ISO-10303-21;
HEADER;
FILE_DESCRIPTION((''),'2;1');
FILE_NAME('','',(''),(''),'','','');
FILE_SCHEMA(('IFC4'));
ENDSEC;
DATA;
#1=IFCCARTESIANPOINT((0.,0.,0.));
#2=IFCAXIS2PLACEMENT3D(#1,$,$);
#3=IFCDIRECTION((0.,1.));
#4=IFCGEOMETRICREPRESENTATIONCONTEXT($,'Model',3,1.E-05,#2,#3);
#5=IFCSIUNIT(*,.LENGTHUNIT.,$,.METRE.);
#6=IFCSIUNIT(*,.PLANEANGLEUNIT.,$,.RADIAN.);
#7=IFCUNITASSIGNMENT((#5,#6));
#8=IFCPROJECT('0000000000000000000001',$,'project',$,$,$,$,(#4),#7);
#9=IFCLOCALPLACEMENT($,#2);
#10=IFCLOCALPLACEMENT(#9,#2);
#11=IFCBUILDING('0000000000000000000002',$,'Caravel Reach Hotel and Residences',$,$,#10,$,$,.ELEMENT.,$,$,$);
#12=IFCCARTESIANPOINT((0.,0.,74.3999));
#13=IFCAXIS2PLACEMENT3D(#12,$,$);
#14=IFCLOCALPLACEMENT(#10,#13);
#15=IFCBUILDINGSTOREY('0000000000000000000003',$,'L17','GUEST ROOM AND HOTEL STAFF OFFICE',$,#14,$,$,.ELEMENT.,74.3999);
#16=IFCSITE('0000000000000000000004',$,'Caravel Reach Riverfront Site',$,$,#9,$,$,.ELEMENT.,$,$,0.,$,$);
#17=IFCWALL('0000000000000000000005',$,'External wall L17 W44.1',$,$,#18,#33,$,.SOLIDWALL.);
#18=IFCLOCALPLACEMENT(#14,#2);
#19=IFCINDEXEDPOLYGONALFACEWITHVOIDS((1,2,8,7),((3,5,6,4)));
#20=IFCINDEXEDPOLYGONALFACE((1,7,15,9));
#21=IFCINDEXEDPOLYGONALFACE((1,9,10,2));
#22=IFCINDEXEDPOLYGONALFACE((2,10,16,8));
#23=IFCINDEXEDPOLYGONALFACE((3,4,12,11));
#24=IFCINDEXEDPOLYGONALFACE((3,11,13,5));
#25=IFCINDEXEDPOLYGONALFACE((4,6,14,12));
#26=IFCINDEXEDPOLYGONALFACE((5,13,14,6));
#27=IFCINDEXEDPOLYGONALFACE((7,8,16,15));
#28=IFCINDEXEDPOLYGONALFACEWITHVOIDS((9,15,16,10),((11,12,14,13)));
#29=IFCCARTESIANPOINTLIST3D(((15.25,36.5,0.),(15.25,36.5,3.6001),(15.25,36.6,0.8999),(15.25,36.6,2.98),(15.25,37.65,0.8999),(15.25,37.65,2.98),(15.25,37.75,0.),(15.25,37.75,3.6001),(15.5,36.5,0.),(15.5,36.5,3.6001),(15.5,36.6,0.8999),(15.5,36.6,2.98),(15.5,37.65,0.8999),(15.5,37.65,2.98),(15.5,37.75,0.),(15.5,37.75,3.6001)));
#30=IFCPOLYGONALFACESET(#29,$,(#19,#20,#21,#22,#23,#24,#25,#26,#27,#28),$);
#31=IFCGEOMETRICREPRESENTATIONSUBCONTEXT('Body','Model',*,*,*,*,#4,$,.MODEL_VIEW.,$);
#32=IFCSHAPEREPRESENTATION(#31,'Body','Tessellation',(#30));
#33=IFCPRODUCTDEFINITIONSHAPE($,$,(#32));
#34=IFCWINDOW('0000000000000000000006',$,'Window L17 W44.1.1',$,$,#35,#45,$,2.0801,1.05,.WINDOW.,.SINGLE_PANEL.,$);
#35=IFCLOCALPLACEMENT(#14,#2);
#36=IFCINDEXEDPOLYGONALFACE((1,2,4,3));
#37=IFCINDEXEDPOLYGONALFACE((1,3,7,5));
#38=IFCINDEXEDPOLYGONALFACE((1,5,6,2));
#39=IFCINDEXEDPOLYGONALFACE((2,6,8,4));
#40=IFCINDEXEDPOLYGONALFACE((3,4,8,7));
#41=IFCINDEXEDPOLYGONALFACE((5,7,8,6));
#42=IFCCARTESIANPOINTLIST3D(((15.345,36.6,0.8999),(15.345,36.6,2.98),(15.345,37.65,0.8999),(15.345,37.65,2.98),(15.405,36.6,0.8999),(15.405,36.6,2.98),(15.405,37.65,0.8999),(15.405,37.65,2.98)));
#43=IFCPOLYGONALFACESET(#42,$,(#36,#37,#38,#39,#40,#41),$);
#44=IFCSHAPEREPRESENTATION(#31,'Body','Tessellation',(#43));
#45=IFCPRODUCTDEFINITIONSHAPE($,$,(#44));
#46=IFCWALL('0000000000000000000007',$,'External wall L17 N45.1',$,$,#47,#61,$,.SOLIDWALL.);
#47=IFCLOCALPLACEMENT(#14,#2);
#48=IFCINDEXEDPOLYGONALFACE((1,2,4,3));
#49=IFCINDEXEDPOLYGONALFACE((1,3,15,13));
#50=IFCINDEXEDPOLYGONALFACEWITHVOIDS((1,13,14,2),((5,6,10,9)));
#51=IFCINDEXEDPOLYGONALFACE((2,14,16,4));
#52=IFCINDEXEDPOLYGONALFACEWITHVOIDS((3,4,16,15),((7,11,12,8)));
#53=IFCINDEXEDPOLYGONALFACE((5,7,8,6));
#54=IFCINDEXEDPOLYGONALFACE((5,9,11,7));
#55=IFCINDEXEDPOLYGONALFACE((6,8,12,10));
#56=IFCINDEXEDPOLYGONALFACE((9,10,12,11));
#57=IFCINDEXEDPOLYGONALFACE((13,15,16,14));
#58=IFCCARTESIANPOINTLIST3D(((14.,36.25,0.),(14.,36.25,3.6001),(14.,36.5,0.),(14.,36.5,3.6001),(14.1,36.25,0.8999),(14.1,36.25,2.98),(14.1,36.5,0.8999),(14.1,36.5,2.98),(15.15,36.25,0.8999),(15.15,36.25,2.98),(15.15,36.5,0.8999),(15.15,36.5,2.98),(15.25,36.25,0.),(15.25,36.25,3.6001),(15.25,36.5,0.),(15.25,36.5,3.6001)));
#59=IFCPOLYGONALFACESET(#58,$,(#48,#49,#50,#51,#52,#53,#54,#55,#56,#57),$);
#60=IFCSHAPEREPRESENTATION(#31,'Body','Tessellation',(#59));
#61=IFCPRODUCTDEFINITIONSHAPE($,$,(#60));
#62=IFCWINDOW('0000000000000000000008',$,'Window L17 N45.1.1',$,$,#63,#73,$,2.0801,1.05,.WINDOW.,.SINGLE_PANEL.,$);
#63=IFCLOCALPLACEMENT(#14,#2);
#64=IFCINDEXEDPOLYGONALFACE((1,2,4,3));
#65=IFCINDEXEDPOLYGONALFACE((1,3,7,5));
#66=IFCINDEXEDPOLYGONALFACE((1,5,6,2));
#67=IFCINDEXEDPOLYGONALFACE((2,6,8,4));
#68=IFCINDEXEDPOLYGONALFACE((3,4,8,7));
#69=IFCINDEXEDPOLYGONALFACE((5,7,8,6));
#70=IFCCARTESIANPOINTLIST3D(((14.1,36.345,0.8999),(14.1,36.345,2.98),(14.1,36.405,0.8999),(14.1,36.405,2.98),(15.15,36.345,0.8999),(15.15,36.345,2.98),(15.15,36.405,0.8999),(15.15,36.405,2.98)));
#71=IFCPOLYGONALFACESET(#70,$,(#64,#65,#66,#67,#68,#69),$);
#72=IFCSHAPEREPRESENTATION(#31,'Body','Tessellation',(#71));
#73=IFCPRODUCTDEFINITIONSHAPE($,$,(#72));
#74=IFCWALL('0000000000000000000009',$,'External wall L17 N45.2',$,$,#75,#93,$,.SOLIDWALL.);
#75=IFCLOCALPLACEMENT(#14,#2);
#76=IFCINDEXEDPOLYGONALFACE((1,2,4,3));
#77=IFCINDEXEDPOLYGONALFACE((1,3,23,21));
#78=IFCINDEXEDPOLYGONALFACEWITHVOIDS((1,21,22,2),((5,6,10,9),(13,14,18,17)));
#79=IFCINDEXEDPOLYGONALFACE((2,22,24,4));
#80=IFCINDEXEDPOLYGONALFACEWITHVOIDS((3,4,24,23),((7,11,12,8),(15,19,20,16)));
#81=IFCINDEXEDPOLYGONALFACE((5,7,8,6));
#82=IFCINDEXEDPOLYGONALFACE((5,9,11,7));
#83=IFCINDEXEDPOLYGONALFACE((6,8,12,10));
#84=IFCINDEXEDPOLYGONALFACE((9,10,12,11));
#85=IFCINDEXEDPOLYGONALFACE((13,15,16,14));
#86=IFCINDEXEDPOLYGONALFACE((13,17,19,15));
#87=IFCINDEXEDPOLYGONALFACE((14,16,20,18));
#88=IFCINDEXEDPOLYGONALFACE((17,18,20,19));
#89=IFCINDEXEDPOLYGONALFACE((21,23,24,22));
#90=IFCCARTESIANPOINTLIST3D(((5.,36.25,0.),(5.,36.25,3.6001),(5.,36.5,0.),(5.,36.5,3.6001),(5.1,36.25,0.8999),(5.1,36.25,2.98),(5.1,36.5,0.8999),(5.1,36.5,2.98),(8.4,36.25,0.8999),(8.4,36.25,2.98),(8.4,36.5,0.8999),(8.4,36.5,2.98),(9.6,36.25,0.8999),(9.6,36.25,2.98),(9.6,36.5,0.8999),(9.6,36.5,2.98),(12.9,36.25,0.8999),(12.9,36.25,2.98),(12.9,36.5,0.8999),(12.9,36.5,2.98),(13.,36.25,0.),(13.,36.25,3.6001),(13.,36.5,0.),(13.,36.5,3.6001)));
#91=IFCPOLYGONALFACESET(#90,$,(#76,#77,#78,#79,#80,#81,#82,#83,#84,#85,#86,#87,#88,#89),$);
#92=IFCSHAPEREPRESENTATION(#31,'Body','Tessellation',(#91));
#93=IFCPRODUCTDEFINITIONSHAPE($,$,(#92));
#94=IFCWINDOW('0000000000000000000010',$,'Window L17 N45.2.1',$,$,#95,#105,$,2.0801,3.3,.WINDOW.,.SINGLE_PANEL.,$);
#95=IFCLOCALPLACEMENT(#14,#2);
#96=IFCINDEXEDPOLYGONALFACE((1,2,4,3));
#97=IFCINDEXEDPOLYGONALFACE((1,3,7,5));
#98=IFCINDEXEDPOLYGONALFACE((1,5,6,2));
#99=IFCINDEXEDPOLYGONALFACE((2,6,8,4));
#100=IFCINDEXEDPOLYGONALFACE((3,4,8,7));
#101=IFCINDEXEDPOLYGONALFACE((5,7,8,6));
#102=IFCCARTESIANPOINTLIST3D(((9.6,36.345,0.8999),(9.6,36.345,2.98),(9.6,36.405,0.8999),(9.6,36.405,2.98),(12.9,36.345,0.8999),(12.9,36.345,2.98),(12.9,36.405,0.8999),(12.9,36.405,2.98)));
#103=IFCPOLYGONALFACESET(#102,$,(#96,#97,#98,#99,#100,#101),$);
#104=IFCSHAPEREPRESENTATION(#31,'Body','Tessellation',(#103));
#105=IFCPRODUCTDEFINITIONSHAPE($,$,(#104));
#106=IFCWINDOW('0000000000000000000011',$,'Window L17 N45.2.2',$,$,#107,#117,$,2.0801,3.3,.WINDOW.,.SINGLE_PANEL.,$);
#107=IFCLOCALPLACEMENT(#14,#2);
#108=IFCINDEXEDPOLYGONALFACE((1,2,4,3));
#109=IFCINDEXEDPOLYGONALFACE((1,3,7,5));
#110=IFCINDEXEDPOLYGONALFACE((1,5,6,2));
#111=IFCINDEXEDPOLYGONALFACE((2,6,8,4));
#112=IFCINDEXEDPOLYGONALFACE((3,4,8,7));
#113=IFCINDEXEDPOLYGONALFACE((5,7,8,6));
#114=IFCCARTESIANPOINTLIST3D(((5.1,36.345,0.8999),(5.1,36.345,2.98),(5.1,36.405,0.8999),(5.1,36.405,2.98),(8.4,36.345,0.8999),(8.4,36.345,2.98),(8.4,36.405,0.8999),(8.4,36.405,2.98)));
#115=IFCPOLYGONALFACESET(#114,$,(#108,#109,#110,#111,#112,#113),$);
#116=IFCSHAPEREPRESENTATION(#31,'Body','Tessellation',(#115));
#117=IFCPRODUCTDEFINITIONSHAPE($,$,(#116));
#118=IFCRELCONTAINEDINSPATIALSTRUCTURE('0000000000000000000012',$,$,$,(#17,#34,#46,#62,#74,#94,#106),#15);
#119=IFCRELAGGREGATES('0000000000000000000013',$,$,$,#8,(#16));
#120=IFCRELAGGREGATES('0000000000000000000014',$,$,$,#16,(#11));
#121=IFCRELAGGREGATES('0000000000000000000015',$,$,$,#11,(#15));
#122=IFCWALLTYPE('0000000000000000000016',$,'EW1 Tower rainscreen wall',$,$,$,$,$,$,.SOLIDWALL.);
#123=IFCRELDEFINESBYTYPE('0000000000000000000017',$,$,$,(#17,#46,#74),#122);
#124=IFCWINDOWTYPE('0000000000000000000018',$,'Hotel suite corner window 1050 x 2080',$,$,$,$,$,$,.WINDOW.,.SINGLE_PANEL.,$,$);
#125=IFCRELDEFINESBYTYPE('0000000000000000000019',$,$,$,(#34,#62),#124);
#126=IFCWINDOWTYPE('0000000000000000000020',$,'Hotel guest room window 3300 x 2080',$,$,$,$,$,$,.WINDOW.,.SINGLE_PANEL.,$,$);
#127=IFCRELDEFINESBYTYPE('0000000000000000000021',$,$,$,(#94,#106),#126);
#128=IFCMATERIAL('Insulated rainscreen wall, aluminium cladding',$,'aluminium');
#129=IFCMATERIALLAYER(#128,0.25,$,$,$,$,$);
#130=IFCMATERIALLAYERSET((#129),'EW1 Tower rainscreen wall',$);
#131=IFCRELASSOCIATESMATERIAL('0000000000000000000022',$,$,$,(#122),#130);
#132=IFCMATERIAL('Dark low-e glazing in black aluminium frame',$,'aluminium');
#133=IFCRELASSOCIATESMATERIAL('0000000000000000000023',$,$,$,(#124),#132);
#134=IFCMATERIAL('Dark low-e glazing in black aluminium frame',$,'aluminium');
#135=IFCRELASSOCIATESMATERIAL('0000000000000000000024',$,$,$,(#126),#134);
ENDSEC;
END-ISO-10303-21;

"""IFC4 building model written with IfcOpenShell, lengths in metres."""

from ifc_helpers import new_model, si_unit, direction, frame, frame_2d, origin, place, context, subcontext, project, spatial, rectangle, extrude, material, layer, layer_set, type_object, element, fill, save


model = new_model("IFC4")

# Units and contexts
model_context = context("Model", 3, precision=1e-05, world=origin(), true_north=direction((0.0, 1.0)))
body_context = subcontext(model_context, "Body", "Model", "MODEL_VIEW")
ifc_project = project(units=[si_unit("LENGTHUNIT", "METRE"), si_unit("PLANEANGLEUNIT", "RADIAN")], contexts=[model_context])

# Site, building, storey
site_placement = place(None, origin())
site = spatial("IfcSite", under=ifc_project, at=site_placement, Name="Caravel Reach Riverfront Site", CompositionType="ELEMENT", RefElevation=0.0)
building_placement = place(site_placement, origin())
building = spatial("IfcBuilding", under=site, at=building_placement, Name="Caravel Reach Hotel and Residences", CompositionType="ELEMENT")
storey_placement = place(building_placement, frame((0.0, 0.0, 74.3999)))
storey = spatial("IfcBuildingStorey", under=building, at=storey_placement, Name="L17", Description="GUEST ROOM AND HOTEL STAFF OFFICE", CompositionType="ELEMENT", Elevation=74.3999)

# Walls, openings, windows
ifc_material_1 = material(Name="Insulated rainscreen wall, aluminium cladding", Category="aluminium")
ifc_layer = layer(ifc_material_1, 0.25)
ifc_layer_set = layer_set([ifc_layer], Name="EW1 Tower rainscreen wall")
wall_type = type_object("IfcWallType", Name="EW1 Tower rainscreen wall", PredefinedType="SOLIDWALL", material=ifc_layer_set)
ifc_material_2 = material(Name="Dark low-e glazing in black aluminium frame", Category="aluminium")
window_type_1 = type_object("IfcWindowType", Name="Hotel suite corner window 1050 x 2080", PartitioningType="SINGLE_PANEL", PredefinedType="WINDOW", material=ifc_material_2)
wall_1_placement = place(storey_placement, frame((15.375, 37.75, 0.0), z_axis=(0.0, 0.0, 1.0), x_axis=(0.0, -1.0, 0.0)))
wall_1 = element("IfcWall", 1, at=wall_1_placement, inside=storey, type_object=wall_type, Name="External wall L17 W44.1", PredefinedType="SOLIDWALL", context=body_context, shape_type="SweptSolid", body=[
    extrude(rectangle(XDim=1.25, YDim=0.25, at=frame_2d((0.625, 0.0))), origin(), (0.0, 0.0, 1.0), 3.6001),
])
opening_1_placement = place(wall_1_placement, frame((0.1001, 0.0, 0.8999)))
opening_1 = element("IfcOpeningElement", 2, at=opening_1_placement, cuts=wall_1, PredefinedType="OPENING", context=body_context, shape_type="SweptSolid", body=[
    extrude(rectangle(XDim=1.05, YDim=2.0801, at=frame_2d((0.5249, 1.04))), frame((0.0, 0.135, 0.0), z_axis=(0.0, -1.0, 0.0), x_axis=(1.0, 0.0, 0.0)), (0.0, 0.0, 1.0), 0.27),
])
window_1_placement = place(opening_1_placement, origin())
window_1 = element("IfcWindow", 3, at=window_1_placement, inside=storey, type_object=window_type_1, Name="Window L17 W44.1.1", OverallHeight=2.0801, OverallWidth=1.05, PartitioningType="SINGLE_PANEL", PredefinedType="WINDOW", context=body_context, shape_type="SweptSolid", body=[
    extrude(rectangle(XDim=1.05, YDim=2.0801, at=frame_2d((0.5249, 1.04))), frame((0.0, 0.03, 0.0), z_axis=(0.0, -1.0, 0.0), x_axis=(1.0, 0.0, 0.0)), (0.0, 0.0, 1.0), 0.0601),
])
fill(opening_1, window_1)
wall_2_placement = place(storey_placement, frame((15.25, 36.375, 0.0), z_axis=(0.0, 0.0, 1.0), x_axis=(-1.0, 0.0, 0.0)))
wall_2 = element("IfcWall", 4, at=wall_2_placement, inside=storey, type_object=wall_type, Name="External wall L17 N45.1", PredefinedType="SOLIDWALL", context=body_context, shape_type="SweptSolid", body=[
    extrude(rectangle(XDim=1.25, YDim=0.25, at=frame_2d((0.625, 0.0))), origin(), (0.0, 0.0, 1.0), 3.6001),
])
opening_2_placement = place(wall_2_placement, frame((0.1001, 0.0, 0.8999)))
opening_2 = element("IfcOpeningElement", 5, at=opening_2_placement, cuts=wall_2, PredefinedType="OPENING", context=body_context, shape_type="SweptSolid", body=[
    extrude(rectangle(XDim=1.05, YDim=2.0801, at=frame_2d((0.5249, 1.04))), frame((0.0, 0.135, 0.0), z_axis=(0.0, -1.0, 0.0), x_axis=(1.0, 0.0, 0.0)), (0.0, 0.0, 1.0), 0.27),
])
window_2_placement = place(opening_2_placement, origin())
window_2 = element("IfcWindow", 6, at=window_2_placement, inside=storey, type_object=window_type_1, Name="Window L17 N45.1.1", OverallHeight=2.0801, OverallWidth=1.05, PartitioningType="SINGLE_PANEL", PredefinedType="WINDOW", context=body_context, shape_type="SweptSolid", body=[
    extrude(rectangle(XDim=1.05, YDim=2.0801, at=frame_2d((0.5249, 1.04))), frame((0.0, 0.03, 0.0), z_axis=(0.0, -1.0, 0.0), x_axis=(1.0, 0.0, 0.0)), (0.0, 0.0, 1.0), 0.0601),
])
fill(opening_2, window_2)

# Wall, openings, windows
wall_3_placement = place(storey_placement, frame((13.0, 36.375, 0.0), z_axis=(0.0, 0.0, 1.0), x_axis=(-1.0, 0.0, 0.0)))
wall_3 = element("IfcWall", 7, at=wall_3_placement, inside=storey, type_object=wall_type, Name="External wall L17 N45.2", PredefinedType="SOLIDWALL", context=body_context, shape_type="SweptSolid", body=[
    extrude(rectangle(XDim=8.0, YDim=0.25, at=frame_2d((4.0, 0.0))), origin(), (0.0, 0.0, 1.0), 3.6001),
])
opening_3_placement = place(wall_3_placement, frame((0.1001, 0.0, 0.8999)))
opening_3 = element("IfcOpeningElement", 8, at=opening_3_placement, cuts=wall_3, PredefinedType="OPENING", context=body_context, shape_type="SweptSolid", body=[
    extrude(rectangle(XDim=3.3, YDim=2.0801, at=frame_2d((1.6499, 1.04))), frame((0.0, 0.135, 0.0), z_axis=(0.0, -1.0, 0.0), x_axis=(1.0, 0.0, 0.0)), (0.0, 0.0, 1.0), 0.27),
])
opening_4_placement = place(wall_3_placement, frame((4.6001, 0.0, 0.8999)))
opening_4 = element("IfcOpeningElement", 9, at=opening_4_placement, cuts=wall_3, PredefinedType="OPENING", context=body_context, shape_type="SweptSolid", body=[
    extrude(rectangle(XDim=3.3, YDim=2.0801, at=frame_2d((1.6499, 1.04))), frame((0.0, 0.135, 0.0), z_axis=(0.0, -1.0, 0.0), x_axis=(1.0, 0.0, 0.0)), (0.0, 0.0, 1.0), 0.27),
])
ifc_material_3 = material(Name="Dark low-e glazing in black aluminium frame", Category="aluminium")
window_type_2 = type_object("IfcWindowType", Name="Hotel guest room window 3300 x 2080", PartitioningType="SINGLE_PANEL", PredefinedType="WINDOW", material=ifc_material_3)
window_3_placement = place(opening_3_placement, origin())
window_3 = element("IfcWindow", 10, at=window_3_placement, inside=storey, type_object=window_type_2, Name="Window L17 N45.2.1", OverallHeight=2.0801, OverallWidth=3.3, PartitioningType="SINGLE_PANEL", PredefinedType="WINDOW", context=body_context, shape_type="SweptSolid", body=[
    extrude(rectangle(XDim=3.3, YDim=2.0801, at=frame_2d((1.6499, 1.04))), frame((0.0, 0.03, 0.0), z_axis=(0.0, -1.0, 0.0), x_axis=(1.0, 0.0, 0.0)), (0.0, 0.0, 1.0), 0.0601),
])
fill(opening_3, window_3)
window_4_placement = place(opening_4_placement, origin())
window_4 = element("IfcWindow", 11, at=window_4_placement, inside=storey, type_object=window_type_2, Name="Window L17 N45.2.2", OverallHeight=2.0801, OverallWidth=3.3, PartitioningType="SINGLE_PANEL", PredefinedType="WINDOW", context=body_context, shape_type="SweptSolid", body=[
    extrude(rectangle(XDim=3.3, YDim=2.0801, at=frame_2d((1.6499, 1.04))), frame((0.0, 0.03, 0.0), z_axis=(0.0, -1.0, 0.0), x_axis=(1.0, 0.0, 0.0)), (0.0, 0.0, 1.0), 0.0601),
])
fill(opening_4, window_4)

save(model, "model.ifc")
